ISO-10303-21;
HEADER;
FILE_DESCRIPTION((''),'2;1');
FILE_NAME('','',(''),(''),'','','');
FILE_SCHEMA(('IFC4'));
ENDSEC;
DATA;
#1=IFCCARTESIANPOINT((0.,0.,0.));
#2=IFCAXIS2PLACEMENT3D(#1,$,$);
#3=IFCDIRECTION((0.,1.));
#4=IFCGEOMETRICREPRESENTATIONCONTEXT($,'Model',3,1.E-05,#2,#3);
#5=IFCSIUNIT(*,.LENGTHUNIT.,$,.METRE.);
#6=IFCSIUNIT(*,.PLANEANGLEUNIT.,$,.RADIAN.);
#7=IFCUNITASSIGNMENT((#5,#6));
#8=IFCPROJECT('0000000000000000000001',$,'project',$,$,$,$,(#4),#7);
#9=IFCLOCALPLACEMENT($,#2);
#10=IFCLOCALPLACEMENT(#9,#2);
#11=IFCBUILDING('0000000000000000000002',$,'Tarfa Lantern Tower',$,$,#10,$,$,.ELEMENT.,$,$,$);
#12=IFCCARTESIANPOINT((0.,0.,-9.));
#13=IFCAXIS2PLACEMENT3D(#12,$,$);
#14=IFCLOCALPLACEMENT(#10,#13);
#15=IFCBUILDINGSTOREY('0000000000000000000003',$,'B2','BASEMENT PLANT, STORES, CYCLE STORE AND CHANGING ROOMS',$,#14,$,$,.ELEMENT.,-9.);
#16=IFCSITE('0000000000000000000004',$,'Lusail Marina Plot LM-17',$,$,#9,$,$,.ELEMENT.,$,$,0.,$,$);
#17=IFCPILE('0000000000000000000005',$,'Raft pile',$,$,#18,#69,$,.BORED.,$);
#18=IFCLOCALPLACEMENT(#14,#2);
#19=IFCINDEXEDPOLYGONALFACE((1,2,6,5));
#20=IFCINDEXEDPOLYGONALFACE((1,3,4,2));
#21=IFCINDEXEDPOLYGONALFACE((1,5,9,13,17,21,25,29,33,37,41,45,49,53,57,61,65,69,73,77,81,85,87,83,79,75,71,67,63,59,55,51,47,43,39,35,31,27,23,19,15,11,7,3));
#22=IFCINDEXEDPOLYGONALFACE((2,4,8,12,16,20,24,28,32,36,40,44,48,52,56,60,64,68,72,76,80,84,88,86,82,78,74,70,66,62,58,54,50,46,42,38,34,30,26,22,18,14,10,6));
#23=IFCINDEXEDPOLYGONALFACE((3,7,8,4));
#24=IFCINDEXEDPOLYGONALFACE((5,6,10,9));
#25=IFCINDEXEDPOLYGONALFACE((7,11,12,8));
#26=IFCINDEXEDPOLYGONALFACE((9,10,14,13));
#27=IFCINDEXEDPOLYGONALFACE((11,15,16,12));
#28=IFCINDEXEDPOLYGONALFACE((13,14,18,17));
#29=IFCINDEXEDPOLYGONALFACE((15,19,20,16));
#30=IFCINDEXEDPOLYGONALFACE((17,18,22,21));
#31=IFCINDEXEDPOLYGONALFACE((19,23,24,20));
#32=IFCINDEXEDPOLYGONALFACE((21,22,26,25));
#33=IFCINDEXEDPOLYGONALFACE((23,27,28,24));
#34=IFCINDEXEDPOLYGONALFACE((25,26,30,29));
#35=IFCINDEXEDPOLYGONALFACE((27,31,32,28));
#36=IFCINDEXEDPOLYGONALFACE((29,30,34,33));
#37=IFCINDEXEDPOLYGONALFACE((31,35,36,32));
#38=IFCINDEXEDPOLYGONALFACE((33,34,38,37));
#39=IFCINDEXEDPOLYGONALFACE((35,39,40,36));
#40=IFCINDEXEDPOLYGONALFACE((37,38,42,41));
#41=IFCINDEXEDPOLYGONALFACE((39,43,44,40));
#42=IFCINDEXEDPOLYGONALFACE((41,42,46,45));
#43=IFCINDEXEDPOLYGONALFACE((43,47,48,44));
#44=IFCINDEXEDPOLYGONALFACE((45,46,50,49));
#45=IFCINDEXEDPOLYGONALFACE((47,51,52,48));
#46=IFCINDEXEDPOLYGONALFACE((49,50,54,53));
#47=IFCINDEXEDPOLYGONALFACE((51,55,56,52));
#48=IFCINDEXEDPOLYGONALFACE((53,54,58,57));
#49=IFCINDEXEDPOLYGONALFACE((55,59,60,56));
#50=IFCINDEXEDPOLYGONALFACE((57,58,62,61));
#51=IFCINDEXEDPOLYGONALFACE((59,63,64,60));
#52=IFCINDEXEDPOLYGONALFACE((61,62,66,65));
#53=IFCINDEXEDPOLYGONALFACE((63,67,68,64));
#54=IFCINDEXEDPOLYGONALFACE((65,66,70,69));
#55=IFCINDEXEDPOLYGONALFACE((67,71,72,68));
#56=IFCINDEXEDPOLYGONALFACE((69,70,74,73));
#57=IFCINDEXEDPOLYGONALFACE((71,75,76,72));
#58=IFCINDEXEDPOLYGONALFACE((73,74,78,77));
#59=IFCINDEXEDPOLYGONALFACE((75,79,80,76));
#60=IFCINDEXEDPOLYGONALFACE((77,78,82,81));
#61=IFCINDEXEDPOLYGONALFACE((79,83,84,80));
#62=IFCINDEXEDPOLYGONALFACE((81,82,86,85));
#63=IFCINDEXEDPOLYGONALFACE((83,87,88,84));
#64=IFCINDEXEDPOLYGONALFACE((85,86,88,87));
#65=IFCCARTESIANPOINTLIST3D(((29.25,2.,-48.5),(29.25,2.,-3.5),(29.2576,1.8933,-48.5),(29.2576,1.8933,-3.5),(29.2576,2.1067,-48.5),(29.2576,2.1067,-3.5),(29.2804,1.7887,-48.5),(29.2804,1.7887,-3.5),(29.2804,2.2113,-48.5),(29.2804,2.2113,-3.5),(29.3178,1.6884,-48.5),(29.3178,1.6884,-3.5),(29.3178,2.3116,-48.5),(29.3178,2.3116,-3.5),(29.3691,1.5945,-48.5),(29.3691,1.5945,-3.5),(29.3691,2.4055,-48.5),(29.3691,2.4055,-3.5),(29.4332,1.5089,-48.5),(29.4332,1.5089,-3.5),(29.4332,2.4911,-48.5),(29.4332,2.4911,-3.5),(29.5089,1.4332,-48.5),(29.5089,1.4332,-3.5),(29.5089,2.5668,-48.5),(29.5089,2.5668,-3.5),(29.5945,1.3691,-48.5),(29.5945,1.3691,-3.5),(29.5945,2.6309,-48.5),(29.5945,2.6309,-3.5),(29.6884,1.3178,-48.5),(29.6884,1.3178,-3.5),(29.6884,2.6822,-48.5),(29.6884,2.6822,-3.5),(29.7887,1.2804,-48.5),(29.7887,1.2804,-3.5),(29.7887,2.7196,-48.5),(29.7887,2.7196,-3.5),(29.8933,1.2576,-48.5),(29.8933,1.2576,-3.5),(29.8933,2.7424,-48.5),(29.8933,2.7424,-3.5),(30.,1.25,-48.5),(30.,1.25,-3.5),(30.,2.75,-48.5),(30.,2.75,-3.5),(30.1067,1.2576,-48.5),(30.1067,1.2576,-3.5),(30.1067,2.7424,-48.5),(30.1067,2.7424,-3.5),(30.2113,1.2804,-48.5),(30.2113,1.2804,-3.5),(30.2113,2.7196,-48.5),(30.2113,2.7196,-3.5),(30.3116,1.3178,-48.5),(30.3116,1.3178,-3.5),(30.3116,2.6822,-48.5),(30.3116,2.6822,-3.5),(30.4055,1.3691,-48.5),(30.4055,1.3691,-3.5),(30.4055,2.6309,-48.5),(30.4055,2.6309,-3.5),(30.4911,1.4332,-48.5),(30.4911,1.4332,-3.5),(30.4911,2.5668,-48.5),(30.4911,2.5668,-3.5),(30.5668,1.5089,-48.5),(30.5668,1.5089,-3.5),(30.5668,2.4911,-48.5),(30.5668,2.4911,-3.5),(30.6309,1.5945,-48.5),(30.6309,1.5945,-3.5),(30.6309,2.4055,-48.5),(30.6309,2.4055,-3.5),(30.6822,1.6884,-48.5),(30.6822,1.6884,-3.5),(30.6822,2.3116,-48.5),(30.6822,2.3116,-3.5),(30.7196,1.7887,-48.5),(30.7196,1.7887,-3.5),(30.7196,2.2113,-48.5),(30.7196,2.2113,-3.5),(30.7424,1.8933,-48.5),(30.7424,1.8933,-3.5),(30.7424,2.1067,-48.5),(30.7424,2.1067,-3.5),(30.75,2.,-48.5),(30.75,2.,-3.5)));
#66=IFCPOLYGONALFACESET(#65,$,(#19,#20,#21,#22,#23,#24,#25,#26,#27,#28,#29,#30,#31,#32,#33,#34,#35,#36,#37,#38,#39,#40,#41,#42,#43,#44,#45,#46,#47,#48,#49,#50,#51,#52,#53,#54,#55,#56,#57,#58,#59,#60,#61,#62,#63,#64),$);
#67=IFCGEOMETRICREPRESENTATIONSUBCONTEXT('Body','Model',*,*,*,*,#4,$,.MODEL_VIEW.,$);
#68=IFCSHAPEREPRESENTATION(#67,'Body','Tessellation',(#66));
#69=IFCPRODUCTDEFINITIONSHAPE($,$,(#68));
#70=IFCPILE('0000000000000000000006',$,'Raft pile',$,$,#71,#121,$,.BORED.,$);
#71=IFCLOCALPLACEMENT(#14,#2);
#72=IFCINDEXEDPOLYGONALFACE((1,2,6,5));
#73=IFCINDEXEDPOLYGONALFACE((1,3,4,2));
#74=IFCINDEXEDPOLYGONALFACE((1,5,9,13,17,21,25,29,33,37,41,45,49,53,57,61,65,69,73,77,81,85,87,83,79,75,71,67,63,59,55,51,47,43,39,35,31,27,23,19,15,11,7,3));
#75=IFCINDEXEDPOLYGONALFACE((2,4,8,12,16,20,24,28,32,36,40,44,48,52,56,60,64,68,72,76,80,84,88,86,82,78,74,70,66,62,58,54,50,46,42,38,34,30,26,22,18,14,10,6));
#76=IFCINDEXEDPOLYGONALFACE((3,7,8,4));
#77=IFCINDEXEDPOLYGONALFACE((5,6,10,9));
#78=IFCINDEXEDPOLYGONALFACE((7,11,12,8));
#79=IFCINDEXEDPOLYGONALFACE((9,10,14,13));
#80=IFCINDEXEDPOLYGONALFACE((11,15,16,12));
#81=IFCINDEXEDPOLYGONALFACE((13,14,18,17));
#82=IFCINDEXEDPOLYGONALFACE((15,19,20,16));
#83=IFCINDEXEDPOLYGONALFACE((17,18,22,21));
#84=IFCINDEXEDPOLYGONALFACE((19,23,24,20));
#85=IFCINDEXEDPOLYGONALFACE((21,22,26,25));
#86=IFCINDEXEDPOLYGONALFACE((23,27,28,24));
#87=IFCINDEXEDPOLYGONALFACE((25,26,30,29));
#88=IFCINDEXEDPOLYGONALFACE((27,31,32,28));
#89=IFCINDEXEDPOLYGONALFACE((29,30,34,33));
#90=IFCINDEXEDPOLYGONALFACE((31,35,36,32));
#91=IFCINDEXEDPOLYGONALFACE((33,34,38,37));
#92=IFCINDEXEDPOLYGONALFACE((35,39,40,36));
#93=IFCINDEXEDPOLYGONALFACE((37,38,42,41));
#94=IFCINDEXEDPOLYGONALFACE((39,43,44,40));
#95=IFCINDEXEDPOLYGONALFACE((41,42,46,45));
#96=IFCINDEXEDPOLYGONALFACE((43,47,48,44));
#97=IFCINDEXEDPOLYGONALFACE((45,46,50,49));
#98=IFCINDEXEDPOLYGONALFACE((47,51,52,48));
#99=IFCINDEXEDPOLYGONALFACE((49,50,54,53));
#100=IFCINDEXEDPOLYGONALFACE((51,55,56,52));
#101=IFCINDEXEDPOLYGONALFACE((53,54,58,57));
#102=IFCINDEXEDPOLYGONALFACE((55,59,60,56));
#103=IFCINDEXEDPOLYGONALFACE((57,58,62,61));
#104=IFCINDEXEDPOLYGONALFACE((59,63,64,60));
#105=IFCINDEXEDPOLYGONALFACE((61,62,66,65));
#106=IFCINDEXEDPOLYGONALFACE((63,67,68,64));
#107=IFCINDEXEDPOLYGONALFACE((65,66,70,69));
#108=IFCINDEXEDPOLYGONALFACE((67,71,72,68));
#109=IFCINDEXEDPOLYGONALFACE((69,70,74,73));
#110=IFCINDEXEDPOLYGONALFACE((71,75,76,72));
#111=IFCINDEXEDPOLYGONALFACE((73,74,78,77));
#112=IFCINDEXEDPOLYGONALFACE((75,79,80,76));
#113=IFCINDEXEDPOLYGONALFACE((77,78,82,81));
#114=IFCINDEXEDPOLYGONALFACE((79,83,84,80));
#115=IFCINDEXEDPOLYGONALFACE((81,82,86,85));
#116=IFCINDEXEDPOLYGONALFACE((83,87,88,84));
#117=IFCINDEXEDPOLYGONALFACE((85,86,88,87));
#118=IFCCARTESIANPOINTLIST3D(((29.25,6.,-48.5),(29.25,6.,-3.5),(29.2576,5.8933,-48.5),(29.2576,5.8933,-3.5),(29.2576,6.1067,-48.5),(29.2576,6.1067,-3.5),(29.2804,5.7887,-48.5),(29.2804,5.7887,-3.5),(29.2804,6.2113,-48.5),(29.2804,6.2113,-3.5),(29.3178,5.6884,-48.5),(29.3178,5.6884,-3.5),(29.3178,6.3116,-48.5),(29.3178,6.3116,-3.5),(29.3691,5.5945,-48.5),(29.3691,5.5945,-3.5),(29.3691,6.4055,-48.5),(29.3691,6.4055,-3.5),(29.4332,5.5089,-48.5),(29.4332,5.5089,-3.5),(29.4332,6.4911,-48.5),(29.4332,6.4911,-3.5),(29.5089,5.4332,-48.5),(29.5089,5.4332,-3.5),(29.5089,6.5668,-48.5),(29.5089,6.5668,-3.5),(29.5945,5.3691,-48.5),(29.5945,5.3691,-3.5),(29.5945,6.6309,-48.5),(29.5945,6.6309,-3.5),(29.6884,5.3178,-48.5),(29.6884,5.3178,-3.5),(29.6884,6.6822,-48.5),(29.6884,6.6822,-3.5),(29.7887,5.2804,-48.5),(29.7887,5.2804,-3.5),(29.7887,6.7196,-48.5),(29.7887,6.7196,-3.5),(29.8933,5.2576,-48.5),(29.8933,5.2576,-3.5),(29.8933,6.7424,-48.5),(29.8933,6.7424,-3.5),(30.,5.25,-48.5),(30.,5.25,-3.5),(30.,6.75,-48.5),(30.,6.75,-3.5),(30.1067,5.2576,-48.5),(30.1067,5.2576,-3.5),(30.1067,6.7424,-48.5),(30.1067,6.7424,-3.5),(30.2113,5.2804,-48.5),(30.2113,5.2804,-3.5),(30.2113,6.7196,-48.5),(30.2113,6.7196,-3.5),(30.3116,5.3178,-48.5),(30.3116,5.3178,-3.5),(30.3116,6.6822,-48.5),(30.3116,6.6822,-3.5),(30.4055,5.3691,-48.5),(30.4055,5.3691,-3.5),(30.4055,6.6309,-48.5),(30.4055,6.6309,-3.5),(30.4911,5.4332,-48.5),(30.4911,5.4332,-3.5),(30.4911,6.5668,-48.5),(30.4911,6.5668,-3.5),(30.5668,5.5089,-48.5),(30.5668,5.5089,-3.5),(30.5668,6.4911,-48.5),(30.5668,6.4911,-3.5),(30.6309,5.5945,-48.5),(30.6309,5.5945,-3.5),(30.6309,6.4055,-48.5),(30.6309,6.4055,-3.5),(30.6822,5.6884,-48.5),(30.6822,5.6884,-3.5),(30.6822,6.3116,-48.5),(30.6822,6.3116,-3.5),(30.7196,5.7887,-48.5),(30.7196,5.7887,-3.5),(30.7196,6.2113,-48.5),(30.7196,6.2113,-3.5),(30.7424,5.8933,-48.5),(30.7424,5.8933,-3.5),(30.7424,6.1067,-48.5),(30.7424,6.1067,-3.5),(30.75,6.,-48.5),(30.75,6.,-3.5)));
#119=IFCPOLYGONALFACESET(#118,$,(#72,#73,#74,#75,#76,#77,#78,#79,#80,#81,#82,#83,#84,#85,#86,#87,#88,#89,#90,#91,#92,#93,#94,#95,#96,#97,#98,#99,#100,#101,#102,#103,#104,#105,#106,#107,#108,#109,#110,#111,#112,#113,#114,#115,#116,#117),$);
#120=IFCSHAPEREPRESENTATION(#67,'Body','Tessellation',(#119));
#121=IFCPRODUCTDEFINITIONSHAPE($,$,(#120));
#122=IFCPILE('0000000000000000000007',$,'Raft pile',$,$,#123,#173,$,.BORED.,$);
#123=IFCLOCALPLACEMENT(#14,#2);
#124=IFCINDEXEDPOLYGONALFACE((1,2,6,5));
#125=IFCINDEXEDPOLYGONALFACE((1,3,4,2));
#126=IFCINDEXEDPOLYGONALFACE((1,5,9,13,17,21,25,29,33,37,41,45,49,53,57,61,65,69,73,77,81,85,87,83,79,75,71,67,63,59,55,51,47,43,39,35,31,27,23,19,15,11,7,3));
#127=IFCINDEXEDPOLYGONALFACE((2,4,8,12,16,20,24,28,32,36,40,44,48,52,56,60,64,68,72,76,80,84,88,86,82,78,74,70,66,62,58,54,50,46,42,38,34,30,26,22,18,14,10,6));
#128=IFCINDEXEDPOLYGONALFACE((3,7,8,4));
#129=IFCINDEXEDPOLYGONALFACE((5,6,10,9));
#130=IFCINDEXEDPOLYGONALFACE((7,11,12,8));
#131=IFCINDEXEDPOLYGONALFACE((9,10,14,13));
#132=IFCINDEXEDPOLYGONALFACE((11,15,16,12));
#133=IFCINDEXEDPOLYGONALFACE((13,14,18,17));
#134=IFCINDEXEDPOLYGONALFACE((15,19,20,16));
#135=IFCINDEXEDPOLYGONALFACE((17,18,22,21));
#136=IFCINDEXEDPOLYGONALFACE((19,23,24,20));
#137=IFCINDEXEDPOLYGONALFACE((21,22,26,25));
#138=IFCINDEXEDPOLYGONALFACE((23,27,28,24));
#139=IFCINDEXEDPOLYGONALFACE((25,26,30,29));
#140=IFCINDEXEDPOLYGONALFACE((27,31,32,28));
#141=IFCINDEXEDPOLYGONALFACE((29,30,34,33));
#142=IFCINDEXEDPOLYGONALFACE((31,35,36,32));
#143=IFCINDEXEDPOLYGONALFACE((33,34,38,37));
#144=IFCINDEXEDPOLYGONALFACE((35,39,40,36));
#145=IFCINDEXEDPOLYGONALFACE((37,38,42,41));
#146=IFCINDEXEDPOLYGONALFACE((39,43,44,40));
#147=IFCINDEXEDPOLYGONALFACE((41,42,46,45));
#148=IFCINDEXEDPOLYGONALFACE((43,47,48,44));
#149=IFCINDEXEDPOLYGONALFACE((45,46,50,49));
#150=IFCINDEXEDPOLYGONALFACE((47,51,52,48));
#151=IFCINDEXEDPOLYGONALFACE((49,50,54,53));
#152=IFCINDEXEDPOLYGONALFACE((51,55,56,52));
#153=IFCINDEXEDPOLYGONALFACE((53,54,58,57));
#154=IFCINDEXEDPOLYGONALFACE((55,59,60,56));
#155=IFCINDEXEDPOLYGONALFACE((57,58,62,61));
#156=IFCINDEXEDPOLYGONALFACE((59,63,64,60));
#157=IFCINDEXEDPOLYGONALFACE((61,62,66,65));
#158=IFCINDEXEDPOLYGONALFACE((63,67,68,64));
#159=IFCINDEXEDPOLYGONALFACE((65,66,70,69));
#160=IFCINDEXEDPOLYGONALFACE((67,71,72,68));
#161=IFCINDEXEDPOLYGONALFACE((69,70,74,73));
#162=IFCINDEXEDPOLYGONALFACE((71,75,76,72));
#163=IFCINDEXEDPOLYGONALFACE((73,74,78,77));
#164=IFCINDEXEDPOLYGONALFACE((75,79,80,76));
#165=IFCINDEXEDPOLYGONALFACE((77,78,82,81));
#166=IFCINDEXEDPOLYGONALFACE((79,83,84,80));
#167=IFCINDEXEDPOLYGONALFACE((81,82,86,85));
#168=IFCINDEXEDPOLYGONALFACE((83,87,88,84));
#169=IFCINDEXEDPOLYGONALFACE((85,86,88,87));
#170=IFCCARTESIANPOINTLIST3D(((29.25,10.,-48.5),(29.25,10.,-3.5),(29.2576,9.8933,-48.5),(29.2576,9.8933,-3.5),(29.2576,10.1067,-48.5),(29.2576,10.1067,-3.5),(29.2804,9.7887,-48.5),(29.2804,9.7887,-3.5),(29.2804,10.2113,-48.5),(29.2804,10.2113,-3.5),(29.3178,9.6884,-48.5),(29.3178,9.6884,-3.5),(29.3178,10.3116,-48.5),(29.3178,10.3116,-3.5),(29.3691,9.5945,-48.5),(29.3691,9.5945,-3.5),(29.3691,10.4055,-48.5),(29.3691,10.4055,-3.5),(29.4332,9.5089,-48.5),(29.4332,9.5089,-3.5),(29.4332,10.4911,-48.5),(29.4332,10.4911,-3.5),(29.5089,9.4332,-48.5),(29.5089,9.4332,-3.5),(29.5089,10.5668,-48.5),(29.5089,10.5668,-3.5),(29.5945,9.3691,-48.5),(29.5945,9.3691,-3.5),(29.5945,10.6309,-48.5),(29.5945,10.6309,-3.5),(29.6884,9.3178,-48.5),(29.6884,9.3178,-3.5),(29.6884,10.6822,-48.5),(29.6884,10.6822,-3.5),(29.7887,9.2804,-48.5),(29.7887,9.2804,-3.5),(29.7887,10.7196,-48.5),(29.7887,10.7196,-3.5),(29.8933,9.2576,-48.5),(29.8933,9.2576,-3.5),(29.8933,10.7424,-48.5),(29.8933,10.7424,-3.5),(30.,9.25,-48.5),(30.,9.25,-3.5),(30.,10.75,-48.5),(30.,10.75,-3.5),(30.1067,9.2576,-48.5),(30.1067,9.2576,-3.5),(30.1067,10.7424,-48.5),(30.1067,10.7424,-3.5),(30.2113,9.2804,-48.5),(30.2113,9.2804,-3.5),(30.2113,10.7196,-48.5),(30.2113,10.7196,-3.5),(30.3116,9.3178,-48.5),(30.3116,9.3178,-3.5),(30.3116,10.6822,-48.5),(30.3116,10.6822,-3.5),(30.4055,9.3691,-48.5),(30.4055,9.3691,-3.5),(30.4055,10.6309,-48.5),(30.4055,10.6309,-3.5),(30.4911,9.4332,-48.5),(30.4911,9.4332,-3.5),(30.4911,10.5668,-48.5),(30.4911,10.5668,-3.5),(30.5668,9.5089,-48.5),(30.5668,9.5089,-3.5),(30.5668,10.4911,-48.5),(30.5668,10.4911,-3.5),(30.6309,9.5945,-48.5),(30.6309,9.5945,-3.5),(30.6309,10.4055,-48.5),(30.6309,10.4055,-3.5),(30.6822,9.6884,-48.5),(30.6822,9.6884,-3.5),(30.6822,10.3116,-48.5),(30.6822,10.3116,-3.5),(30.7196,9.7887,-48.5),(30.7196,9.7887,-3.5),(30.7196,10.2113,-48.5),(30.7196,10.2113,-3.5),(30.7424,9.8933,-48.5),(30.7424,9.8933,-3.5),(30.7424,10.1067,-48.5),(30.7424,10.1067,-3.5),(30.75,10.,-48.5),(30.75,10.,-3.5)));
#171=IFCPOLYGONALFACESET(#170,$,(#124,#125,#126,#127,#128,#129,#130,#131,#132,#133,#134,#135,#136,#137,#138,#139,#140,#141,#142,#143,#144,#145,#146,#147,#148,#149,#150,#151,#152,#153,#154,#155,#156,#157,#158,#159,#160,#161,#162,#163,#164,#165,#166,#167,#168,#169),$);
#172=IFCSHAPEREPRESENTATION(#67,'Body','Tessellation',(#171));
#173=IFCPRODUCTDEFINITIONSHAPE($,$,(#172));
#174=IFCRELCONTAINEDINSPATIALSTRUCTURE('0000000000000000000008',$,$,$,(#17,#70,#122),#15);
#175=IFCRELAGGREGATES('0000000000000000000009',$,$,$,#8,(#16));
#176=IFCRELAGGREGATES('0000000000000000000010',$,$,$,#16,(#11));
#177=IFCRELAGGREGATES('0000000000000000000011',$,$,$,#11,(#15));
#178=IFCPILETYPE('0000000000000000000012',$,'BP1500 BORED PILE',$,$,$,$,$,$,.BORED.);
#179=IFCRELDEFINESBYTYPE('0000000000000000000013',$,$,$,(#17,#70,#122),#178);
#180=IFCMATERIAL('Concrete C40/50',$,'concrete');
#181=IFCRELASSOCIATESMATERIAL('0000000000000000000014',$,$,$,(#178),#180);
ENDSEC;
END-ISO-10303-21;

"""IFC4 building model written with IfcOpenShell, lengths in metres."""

from ifc_helpers import new_model, si_unit, direction, frame, origin, origin_2d, place, context, subcontext, project, spatial, circle, extrude, material, material_profile, profile_set, type_object, element, save


model = new_model("IFC4")

# Units and contexts
model_context = context("Model", 3, precision=1e-05, world=origin(), true_north=direction((0.0, 1.0)))
body_context = subcontext(model_context, "Body", "Model", "MODEL_VIEW")
ifc_project = project(units=[si_unit("LENGTHUNIT", "METRE"), si_unit("PLANEANGLEUNIT", "RADIAN")], contexts=[model_context])

# Site, building, storey
site_placement = place(None, origin())
site = spatial("IfcSite", under=ifc_project, at=site_placement, Name="Lusail Marina Plot LM-17", CompositionType="ELEMENT", RefElevation=0.0)
building_placement = place(site_placement, origin())
building = spatial("IfcBuilding", under=site, at=building_placement, Name="Tarfa Lantern Tower", CompositionType="ELEMENT")
storey_placement = place(building_placement, frame((0.0, 0.0, -9.0)))
storey = spatial("IfcBuildingStorey", under=building, at=storey_placement, Name="B2", Description="BASEMENT PLANT, STORES, CYCLE STORE AND CHANGING ROOMS", CompositionType="ELEMENT", Elevation=-9.0)

# Piles
ifc_material_1 = material(Name="Concrete C40/50", Category="concrete")
ifc_material_profile_1 = material_profile(ifc_material_1, circle(Radius=0.75, at=origin_2d()), Name="BORED PILE D1500")
ifc_profile_set_1 = profile_set([ifc_material_profile_1], Name="Concrete C40/50")
pile_type = type_object("IfcPileType", Name="BP1500 BORED PILE", PredefinedType="BORED", material=ifc_profile_set_1)
for number, where, z_axis, x_axis, name in (
    (1, (30.0, 2.0, -3.5), (0.0, 0.0, -1.0), (1.0, 0.0, 0.0), "Raft pile"),
    (2, (30.0, 6.0, -3.5), (0.0, 0.0, -1.0), (1.0, 0.0, 0.0), "Raft pile"),
    (3, (30.0, 10.0, -3.5), (0.0, 0.0, -1.0), (1.0, 0.0, 0.0), "Raft pile"),
):
    element("IfcPile", number, at=place(storey_placement, frame(where, z_axis=z_axis, x_axis=x_axis)), inside=storey, type_object=pile_type, Name=name, PredefinedType="BORED", context=body_context, shape_type="SweptSolid", body=[
        extrude(circle(Radius=0.75, at=origin_2d()), origin(), (0.0, 0.0, 1.0), 45.0),
    ])

save(model, "model.ifc")
